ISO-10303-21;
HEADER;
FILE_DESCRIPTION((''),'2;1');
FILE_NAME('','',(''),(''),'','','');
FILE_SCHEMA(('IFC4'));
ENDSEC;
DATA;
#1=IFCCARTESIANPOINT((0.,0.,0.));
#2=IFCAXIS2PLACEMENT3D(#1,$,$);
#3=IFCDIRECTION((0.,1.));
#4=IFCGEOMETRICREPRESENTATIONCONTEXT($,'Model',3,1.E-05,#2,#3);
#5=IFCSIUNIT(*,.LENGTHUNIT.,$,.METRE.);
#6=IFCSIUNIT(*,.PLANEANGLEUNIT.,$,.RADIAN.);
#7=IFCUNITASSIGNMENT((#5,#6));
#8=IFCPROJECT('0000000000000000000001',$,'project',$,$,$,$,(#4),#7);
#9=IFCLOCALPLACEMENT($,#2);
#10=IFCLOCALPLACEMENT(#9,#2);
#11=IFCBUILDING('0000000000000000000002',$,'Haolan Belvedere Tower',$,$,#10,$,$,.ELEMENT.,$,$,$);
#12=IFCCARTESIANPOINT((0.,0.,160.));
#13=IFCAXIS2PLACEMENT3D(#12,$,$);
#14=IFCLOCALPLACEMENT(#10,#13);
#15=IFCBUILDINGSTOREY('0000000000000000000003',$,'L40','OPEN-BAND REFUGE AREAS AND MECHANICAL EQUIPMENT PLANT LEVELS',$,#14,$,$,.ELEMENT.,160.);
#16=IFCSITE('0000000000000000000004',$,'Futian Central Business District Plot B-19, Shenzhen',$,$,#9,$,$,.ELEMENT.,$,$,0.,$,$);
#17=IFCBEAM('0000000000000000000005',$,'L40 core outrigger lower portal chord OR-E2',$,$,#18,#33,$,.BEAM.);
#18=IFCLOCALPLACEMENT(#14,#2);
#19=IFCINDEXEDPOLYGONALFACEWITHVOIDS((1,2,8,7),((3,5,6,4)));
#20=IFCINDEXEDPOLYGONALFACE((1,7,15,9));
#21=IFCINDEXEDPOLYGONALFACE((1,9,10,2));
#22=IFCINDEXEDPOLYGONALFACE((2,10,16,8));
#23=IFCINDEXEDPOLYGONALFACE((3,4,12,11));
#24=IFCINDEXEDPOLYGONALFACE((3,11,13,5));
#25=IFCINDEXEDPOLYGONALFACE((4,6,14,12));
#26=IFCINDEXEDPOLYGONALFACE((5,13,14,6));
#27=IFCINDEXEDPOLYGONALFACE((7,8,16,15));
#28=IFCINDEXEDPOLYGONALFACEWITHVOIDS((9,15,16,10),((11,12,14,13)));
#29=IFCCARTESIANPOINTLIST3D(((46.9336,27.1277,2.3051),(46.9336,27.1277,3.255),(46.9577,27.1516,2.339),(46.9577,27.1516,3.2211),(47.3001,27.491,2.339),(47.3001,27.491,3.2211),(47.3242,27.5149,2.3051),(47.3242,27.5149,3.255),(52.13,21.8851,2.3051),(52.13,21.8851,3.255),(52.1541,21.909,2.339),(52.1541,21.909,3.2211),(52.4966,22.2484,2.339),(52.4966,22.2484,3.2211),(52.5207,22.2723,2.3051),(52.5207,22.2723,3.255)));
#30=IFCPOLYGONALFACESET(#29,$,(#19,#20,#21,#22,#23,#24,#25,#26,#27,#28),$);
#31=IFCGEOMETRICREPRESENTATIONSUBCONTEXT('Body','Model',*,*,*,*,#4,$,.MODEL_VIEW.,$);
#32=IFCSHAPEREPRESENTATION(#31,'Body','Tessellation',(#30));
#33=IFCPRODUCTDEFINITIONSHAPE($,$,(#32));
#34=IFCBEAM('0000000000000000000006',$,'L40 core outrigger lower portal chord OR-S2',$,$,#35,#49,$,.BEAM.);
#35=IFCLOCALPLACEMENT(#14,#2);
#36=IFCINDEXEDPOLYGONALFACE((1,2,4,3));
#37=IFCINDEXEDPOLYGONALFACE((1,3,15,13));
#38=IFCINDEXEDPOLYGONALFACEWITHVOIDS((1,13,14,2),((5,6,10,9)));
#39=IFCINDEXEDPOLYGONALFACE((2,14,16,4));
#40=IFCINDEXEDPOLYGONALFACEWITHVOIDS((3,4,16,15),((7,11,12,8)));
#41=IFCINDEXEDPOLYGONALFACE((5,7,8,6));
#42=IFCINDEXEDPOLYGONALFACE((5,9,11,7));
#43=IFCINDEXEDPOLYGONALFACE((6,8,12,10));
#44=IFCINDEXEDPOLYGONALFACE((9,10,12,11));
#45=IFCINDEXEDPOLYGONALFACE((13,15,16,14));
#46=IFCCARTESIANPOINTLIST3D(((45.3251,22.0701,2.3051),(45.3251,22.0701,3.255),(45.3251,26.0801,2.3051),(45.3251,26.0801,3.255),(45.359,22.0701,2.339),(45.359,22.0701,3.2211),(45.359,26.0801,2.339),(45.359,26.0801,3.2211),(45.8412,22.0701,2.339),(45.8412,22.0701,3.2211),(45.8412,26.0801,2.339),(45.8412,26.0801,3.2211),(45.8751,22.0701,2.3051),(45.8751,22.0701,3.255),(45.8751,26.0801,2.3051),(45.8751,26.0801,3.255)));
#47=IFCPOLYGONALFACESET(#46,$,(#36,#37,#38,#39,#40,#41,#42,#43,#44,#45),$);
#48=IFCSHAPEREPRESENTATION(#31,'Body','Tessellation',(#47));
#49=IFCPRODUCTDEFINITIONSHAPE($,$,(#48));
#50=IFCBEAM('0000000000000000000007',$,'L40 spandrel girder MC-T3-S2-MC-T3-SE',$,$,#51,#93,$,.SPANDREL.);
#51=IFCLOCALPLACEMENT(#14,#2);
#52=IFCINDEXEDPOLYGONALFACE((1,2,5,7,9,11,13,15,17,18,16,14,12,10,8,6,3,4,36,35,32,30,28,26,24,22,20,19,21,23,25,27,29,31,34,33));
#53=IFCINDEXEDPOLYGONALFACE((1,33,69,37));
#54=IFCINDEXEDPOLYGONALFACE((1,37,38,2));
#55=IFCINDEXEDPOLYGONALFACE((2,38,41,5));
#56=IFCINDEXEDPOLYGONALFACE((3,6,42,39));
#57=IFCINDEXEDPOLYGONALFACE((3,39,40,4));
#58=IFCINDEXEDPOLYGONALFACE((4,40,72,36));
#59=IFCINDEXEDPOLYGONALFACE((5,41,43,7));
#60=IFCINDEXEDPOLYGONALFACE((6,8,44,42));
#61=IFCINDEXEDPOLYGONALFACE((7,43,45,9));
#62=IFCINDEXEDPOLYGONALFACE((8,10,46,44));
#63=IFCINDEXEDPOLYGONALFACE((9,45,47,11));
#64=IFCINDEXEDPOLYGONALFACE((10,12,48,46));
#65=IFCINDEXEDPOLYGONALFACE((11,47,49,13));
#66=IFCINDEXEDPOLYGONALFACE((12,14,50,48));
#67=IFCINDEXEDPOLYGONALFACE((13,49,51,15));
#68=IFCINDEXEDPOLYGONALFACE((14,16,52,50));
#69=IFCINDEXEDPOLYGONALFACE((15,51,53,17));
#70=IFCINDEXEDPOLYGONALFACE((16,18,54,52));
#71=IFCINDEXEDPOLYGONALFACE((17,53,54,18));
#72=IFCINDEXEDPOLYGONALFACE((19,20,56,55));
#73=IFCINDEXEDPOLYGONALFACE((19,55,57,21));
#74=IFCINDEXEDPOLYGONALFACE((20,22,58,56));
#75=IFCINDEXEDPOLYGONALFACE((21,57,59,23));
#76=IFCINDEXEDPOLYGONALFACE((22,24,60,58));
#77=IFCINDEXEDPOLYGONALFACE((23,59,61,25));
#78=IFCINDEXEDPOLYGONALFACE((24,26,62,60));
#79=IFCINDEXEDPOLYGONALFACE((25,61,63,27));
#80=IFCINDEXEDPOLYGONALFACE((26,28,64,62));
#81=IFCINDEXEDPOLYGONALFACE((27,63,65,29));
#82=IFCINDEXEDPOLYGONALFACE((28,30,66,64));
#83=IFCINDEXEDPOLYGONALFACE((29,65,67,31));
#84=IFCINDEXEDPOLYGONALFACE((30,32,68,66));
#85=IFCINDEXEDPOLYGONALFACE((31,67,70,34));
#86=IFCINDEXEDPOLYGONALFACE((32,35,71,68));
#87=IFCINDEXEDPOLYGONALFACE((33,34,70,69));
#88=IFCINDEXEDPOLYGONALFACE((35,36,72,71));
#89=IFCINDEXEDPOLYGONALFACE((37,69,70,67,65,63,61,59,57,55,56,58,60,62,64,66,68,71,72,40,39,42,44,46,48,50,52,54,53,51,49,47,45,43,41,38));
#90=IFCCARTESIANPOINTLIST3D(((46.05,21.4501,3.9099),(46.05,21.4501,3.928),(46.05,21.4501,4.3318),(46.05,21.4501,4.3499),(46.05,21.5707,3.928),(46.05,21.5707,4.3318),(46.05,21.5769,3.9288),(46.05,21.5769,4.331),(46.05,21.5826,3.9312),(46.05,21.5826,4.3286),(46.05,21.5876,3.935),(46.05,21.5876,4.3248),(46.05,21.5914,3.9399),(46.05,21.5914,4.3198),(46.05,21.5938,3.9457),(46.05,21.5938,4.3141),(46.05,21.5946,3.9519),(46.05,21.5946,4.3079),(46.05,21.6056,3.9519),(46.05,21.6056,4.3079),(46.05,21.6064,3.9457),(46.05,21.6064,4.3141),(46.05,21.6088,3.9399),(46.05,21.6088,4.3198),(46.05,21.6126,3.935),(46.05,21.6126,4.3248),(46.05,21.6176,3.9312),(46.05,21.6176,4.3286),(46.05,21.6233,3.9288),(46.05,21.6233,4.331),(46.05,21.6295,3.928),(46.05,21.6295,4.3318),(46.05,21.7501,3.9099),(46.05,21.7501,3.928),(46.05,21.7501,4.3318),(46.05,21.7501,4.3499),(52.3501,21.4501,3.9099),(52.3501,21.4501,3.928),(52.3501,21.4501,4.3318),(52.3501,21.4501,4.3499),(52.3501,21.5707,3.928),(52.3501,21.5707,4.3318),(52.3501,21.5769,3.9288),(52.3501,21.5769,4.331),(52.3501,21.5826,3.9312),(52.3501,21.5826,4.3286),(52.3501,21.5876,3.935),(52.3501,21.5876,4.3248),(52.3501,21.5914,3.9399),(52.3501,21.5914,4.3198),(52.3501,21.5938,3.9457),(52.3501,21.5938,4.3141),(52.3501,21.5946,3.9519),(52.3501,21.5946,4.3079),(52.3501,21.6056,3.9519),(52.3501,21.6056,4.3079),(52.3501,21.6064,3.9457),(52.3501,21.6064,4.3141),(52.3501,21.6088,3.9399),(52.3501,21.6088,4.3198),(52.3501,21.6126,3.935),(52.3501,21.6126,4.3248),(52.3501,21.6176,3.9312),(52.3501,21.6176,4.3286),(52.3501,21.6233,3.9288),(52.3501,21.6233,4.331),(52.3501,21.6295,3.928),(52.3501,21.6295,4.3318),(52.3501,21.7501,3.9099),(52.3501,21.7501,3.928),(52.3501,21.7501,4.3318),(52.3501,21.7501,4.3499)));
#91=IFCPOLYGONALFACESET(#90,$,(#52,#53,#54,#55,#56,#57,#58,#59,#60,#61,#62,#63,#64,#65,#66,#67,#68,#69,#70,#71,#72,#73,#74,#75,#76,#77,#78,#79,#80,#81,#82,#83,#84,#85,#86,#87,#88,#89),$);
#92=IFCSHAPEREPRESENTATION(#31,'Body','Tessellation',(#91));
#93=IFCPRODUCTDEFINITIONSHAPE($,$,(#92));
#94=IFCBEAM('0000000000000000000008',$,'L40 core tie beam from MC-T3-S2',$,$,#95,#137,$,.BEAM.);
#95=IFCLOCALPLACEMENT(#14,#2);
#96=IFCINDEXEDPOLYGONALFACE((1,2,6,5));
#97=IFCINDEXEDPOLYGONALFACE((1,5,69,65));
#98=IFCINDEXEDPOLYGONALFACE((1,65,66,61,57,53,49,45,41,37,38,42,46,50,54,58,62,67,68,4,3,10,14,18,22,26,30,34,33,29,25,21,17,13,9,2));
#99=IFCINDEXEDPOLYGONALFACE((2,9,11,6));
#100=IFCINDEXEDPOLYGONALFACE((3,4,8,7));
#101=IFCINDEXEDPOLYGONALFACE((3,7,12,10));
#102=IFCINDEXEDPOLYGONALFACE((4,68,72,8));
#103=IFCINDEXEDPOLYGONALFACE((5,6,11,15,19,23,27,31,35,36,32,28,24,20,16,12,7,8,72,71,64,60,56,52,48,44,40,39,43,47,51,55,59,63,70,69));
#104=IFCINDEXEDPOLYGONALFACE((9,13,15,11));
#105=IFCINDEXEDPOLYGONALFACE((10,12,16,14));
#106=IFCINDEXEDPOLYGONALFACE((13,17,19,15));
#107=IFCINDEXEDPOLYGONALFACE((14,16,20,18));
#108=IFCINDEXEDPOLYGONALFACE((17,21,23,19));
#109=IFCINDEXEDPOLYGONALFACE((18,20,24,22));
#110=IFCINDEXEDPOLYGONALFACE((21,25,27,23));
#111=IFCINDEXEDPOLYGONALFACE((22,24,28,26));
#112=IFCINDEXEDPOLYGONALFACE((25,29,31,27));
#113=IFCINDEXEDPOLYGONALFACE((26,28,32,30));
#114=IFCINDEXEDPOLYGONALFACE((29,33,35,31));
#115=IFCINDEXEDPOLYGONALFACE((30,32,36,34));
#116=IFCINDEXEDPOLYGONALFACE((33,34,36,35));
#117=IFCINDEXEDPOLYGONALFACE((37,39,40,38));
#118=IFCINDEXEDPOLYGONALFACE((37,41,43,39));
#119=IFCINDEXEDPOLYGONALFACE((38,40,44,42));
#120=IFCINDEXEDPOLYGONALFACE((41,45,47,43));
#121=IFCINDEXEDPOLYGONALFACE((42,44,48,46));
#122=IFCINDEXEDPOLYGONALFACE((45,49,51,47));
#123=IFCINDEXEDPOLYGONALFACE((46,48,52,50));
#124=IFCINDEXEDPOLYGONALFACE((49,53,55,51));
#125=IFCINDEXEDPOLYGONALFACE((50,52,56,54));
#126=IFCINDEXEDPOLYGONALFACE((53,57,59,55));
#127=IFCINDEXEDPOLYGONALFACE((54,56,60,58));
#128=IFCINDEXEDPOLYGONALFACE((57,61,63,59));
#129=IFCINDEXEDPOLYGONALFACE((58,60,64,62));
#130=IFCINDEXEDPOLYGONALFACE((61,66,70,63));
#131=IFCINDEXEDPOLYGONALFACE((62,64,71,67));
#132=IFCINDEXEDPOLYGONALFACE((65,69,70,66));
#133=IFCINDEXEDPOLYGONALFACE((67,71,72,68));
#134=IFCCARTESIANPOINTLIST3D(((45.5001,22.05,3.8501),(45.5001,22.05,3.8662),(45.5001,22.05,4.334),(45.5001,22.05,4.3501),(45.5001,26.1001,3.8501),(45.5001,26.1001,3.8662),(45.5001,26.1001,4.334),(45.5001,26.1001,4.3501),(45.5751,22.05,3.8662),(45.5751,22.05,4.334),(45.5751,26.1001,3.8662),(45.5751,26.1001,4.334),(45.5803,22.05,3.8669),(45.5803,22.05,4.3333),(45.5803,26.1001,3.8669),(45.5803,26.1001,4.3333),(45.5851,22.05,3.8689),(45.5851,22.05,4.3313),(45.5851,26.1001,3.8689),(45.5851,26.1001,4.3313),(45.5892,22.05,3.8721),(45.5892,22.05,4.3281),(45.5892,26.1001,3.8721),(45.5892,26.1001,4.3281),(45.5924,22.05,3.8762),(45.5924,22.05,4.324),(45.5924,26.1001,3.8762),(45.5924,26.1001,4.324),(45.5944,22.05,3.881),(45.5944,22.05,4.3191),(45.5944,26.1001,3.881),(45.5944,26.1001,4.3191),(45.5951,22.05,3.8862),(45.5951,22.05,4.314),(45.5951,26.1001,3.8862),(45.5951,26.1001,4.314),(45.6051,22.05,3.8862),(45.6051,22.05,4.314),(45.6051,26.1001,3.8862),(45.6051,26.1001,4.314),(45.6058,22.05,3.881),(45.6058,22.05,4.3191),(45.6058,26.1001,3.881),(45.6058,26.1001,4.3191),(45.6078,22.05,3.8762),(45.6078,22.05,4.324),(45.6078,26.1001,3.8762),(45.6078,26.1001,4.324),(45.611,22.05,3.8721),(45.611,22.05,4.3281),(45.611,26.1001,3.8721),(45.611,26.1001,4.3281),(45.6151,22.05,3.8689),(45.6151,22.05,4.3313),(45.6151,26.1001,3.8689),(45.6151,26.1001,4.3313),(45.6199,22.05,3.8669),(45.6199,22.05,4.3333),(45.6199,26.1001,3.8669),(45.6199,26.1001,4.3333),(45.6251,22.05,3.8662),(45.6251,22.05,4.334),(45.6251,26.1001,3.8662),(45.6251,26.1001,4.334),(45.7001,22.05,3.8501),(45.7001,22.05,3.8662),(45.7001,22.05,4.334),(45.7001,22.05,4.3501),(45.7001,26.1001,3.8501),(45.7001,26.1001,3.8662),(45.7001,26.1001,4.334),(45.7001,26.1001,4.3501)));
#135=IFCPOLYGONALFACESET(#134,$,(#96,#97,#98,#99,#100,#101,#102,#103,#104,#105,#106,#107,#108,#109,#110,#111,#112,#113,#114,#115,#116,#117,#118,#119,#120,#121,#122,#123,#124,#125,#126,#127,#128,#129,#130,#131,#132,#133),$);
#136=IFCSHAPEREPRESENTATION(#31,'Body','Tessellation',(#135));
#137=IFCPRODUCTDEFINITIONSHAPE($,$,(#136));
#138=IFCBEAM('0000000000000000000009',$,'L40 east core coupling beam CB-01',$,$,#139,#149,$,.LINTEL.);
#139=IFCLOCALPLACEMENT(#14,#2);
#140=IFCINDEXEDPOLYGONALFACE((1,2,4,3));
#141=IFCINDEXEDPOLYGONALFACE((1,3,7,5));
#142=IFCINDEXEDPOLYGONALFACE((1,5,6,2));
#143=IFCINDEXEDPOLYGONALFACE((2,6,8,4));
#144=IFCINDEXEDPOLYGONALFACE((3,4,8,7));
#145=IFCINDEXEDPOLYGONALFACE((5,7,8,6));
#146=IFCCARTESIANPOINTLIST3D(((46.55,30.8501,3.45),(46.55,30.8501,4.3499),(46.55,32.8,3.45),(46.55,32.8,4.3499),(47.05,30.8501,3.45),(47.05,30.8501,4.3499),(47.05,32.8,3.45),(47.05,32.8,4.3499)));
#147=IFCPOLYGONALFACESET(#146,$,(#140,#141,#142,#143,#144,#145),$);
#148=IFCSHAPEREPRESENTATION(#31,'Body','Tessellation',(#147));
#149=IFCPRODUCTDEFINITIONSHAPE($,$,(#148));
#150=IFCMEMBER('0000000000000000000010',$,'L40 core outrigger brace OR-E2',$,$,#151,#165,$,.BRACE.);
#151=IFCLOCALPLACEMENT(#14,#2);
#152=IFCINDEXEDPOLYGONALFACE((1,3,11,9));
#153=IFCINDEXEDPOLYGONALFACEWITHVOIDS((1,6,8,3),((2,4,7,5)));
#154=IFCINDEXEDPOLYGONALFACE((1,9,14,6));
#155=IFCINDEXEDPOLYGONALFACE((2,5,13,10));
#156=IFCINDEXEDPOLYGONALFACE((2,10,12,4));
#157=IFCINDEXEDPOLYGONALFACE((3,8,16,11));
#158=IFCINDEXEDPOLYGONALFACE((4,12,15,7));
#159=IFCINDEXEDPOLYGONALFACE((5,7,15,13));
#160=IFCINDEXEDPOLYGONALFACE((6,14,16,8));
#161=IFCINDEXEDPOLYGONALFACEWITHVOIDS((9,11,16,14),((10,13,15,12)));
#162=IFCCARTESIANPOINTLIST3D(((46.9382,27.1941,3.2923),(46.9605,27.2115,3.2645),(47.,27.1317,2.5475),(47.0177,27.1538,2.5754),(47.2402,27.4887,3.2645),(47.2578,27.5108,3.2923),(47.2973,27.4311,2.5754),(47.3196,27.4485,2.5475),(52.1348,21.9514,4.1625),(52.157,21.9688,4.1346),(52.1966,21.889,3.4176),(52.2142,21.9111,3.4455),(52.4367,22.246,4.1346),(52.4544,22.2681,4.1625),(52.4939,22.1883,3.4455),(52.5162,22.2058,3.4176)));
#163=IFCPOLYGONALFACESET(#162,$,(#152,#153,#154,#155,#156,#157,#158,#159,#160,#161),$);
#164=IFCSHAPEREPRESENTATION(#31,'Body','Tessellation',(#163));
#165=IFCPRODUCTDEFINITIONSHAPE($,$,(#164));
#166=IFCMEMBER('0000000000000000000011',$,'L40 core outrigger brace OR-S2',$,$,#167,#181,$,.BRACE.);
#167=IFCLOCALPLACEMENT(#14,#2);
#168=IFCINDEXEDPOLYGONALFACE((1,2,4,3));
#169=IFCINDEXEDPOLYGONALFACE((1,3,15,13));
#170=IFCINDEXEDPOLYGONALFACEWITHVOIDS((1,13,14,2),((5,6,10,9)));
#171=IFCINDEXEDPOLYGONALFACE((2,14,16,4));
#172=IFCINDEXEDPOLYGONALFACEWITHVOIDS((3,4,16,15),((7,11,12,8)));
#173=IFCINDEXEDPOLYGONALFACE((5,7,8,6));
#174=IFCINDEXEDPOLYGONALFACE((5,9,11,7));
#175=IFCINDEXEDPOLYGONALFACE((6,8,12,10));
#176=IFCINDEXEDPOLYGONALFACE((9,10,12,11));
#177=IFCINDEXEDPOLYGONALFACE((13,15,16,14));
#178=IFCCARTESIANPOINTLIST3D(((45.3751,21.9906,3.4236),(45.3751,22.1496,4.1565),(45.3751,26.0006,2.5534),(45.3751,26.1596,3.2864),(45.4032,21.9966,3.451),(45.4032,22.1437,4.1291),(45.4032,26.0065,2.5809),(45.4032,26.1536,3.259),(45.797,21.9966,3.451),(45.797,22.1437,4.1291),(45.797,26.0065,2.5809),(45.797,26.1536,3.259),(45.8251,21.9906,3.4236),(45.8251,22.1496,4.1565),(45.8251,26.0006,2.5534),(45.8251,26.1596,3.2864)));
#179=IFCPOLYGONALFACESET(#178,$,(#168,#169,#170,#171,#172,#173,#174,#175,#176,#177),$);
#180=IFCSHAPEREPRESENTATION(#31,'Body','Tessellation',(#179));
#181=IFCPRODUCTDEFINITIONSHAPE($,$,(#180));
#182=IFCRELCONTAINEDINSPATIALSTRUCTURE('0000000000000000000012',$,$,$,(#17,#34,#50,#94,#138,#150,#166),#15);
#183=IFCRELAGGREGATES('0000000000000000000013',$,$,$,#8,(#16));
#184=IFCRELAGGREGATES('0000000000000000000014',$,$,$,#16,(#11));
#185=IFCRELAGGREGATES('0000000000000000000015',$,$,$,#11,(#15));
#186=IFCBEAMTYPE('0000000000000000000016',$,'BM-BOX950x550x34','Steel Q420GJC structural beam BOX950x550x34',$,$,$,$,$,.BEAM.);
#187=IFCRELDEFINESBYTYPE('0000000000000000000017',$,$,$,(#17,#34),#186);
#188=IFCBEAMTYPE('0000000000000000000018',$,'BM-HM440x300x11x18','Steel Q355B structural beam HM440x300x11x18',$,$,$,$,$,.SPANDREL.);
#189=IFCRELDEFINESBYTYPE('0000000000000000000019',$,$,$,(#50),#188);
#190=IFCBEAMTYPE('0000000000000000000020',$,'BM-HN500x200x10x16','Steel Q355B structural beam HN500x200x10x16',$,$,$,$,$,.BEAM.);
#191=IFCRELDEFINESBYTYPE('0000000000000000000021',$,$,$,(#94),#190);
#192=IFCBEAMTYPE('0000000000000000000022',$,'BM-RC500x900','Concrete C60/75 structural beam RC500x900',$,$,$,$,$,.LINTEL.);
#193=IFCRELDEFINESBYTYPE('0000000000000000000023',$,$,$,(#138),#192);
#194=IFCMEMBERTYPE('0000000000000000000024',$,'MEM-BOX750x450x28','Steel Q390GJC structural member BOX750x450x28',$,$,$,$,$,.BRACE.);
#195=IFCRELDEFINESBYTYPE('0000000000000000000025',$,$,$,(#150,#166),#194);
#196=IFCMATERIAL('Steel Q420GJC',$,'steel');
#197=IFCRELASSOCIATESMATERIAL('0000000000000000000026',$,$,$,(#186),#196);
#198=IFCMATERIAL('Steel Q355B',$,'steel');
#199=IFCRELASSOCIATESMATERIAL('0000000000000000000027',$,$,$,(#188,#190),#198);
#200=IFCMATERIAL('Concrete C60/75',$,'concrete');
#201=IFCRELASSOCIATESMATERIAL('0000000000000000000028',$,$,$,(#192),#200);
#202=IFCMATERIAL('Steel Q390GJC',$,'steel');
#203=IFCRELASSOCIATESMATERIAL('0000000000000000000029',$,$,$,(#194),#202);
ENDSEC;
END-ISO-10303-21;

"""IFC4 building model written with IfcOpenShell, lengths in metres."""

from ifc_helpers import new_model, si_unit, direction, frame, origin, origin_2d, place, context, subcontext, project, spatial, rectangle, hollow_rectangle, i_section, extrude, material, material_profile, profile_set, type_object, element, save


model = new_model("IFC4")

# Units and contexts
model_context = context("Model", 3, precision=1e-05, world=origin(), true_north=direction((0.0, 1.0)))
body_context = subcontext(model_context, "Body", "Model", "MODEL_VIEW")
ifc_project = project(units=[si_unit("LENGTHUNIT", "METRE"), si_unit("PLANEANGLEUNIT", "RADIAN")], contexts=[model_context])

# Site, building, storey
site_placement = place(None, origin())
site = spatial("IfcSite", under=ifc_project, at=site_placement, Name="Futian Central Business District Plot B-19, Shenzhen", CompositionType="ELEMENT", RefElevation=0.0)
building_placement = place(site_placement, origin())
building = spatial("IfcBuilding", under=site, at=building_placement, Name="Haolan Belvedere Tower", CompositionType="ELEMENT")
storey_placement = place(building_placement, frame((0.0, 0.0, 160.0)))
storey = spatial("IfcBuildingStorey", under=building, at=storey_placement, Name="L40", Description="OPEN-BAND REFUGE AREAS AND MECHANICAL EQUIPMENT PLANT LEVELS", CompositionType="ELEMENT", Elevation=160.0)

# Beams
ifc_material_1 = material(Name="Steel Q420GJC", Category="steel")
ifc_material_profile_1 = material_profile(ifc_material_1, hollow_rectangle(XDim=0.55, YDim=0.95, WallThickness=0.0339, at=origin_2d()), Name="Steel Q420GJC")
ifc_profile_set_1 = profile_set([ifc_material_profile_1], Name="Steel Q420GJC")
beam_type_1 = type_object("IfcBeamType", Name="BM-BOX950x550x34", Description="Steel Q420GJC structural beam BOX950x550x34", PredefinedType="BEAM", material=ifc_profile_set_1)
beam_1_placement = place(storey_placement, frame((47.1289, 27.3213, 2.78), z_axis=(0.703974, -0.710225, 0.0), x_axis=(0.710225, 0.703974, 0.0)))
element("IfcBeam", 1, at=beam_1_placement, inside=storey, type_object=beam_type_1, Name="L40 core outrigger lower portal chord OR-E2", PredefinedType="BEAM", context=body_context, shape_type="SweptSolid", body=[
    extrude(hollow_rectangle(XDim=0.55, YDim=0.95, WallThickness=0.0339, at=origin_2d()), origin(), (0.0, 0.0, 1.0), 7.3816),
])
beam_2_placement = place(storey_placement, frame((45.6001, 26.0801, 2.78), z_axis=(0.0, -1.0, 0.0), x_axis=(1.0, 0.0, 0.0)))
element("IfcBeam", 2, at=beam_2_placement, inside=storey, type_object=beam_type_1, Name="L40 core outrigger lower portal chord OR-S2", PredefinedType="BEAM", context=body_context, shape_type="SweptSolid", body=[
    extrude(hollow_rectangle(XDim=0.55, YDim=0.95, WallThickness=0.0339, at=origin_2d()), origin(), (0.0, 0.0, 1.0), 4.01),
])
ifc_material_2 = material(Name="Steel Q355B", Category="steel")
ifc_material_profile_2 = material_profile(ifc_material_2, i_section(OverallWidth=0.3, OverallDepth=0.4399, WebThickness=0.011, FlangeThickness=0.0181, FilletRadius=0.0239, at=origin_2d()), Name="Steel Q355B")
ifc_profile_set_2 = profile_set([ifc_material_profile_2], Name="Steel Q355B")
beam_type_2 = type_object("IfcBeamType", Name="BM-HM440x300x11x18", Description="Steel Q355B structural beam HM440x300x11x18", PredefinedType="SPANDREL", material=ifc_profile_set_2)
beam_3_placement = place(storey_placement, frame((46.05, 21.6001, 4.1299), z_axis=(1.0, 0.0, 0.0), x_axis=(0.0, 1.0, 0.0)))
element("IfcBeam", 3, at=beam_3_placement, inside=storey, type_object=beam_type_2, Name="L40 spandrel girder MC-T3-S2-MC-T3-SE", PredefinedType="SPANDREL", context=body_context, shape_type="SweptSolid", body=[
    extrude(i_section(OverallWidth=0.3, OverallDepth=0.4399, WebThickness=0.011, FlangeThickness=0.0181, FilletRadius=0.0239, at=origin_2d()), origin(), (0.0, 0.0, 1.0), 6.3),
])
ifc_material_profile_3 = material_profile(ifc_material_2, i_section(OverallWidth=0.2, OverallDepth=0.5, WebThickness=0.01, FlangeThickness=0.0161, FilletRadius=0.02, at=origin_2d()), Name="Steel Q355B")
ifc_profile_set_3 = profile_set([ifc_material_profile_3], Name="Steel Q355B")
beam_type_3 = type_object("IfcBeamType", Name="BM-HN500x200x10x16", Description="Steel Q355B structural beam HN500x200x10x16", PredefinedType="BEAM", material=ifc_profile_set_3)
beam_4_placement = place(storey_placement, frame((45.6001, 22.05, 4.1001), z_axis=(0.0, 1.0, 0.0), x_axis=(-1.0, 0.0, 0.0)))
element("IfcBeam", 4, at=beam_4_placement, inside=storey, type_object=beam_type_3, Name="L40 core tie beam from MC-T3-S2", PredefinedType="BEAM", context=body_context, shape_type="SweptSolid", body=[
    extrude(i_section(OverallWidth=0.2, OverallDepth=0.5, WebThickness=0.01, FlangeThickness=0.0161, FilletRadius=0.02, at=origin_2d()), origin(), (0.0, 0.0, 1.0), 4.05),
])
ifc_material_3 = material(Name="Concrete C60/75", Category="concrete")
ifc_material_profile_4 = material_profile(ifc_material_3, rectangle(XDim=0.5, YDim=0.8999, at=origin_2d()), Name="Concrete C60/75")
ifc_profile_set_4 = profile_set([ifc_material_profile_4], Name="Concrete C60/75")
beam_type_4 = type_object("IfcBeamType", Name="BM-RC500x900", Description="Concrete C60/75 structural beam RC500x900", PredefinedType="LINTEL", material=ifc_profile_set_4)
beam_5_placement = place(storey_placement, frame((46.8, 30.8501, 3.8999), z_axis=(0.0, 1.0, 0.0), x_axis=(-1.0, 0.0, 0.0)))
element("IfcBeam", 5, at=beam_5_placement, inside=storey, type_object=beam_type_4, Name="L40 east core coupling beam CB-01", PredefinedType="LINTEL", context=body_context, shape_type="SweptSolid", body=[
    extrude(rectangle(XDim=0.5, YDim=0.8999, at=origin_2d()), origin(), (0.0, 0.0, 1.0), 1.95),
])

# Members
ifc_material_4 = material(Name="Steel Q390GJC", Category="steel")
ifc_material_profile_5 = material_profile(ifc_material_4, hollow_rectangle(XDim=0.45, YDim=0.75, WallThickness=0.0281, at=origin_2d()), Name="Steel Q390GJC")
ifc_profile_set_5 = profile_set([ifc_material_profile_5], Name="Steel Q390GJC")
member_type = type_object("IfcMemberType", Name="MEM-BOX750x450x28", Description="Steel Q390GJC structural member BOX750x450x28", PredefinedType="BRACE", material=ifc_profile_set_5)
member_1_placement = place(storey_placement, frame((47.1289, 27.3213, 2.9199), z_axis=(0.699134, -0.705342, 0.117064), x_axis=(0.710225, 0.703974, 0.0)))
element("IfcMember", 6, at=member_1_placement, inside=storey, type_object=member_type, Name="L40 core outrigger brace OR-E2", PredefinedType="BRACE", context=body_context, shape_type="SweptSolid", body=[
    extrude(hollow_rectangle(XDim=0.45, YDim=0.75, WallThickness=0.0281, at=origin_2d()), origin(), (0.0, 0.0, 1.0), 7.4329),
])
member_2_placement = place(storey_placement, frame((45.6001, 26.0801, 2.9199), z_axis=(0.0, -0.977258, 0.212052), x_axis=(1.0, 0.0, 0.0)))
element("IfcMember", 7, at=member_2_placement, inside=storey, type_object=member_type, Name="L40 core outrigger brace OR-S2", PredefinedType="BRACE", context=body_context, shape_type="SweptSolid", body=[
    extrude(hollow_rectangle(XDim=0.45, YDim=0.75, WallThickness=0.0281, at=origin_2d()), origin(), (0.0, 0.0, 1.0), 4.1033),
])

save(model, "model.ifc")
